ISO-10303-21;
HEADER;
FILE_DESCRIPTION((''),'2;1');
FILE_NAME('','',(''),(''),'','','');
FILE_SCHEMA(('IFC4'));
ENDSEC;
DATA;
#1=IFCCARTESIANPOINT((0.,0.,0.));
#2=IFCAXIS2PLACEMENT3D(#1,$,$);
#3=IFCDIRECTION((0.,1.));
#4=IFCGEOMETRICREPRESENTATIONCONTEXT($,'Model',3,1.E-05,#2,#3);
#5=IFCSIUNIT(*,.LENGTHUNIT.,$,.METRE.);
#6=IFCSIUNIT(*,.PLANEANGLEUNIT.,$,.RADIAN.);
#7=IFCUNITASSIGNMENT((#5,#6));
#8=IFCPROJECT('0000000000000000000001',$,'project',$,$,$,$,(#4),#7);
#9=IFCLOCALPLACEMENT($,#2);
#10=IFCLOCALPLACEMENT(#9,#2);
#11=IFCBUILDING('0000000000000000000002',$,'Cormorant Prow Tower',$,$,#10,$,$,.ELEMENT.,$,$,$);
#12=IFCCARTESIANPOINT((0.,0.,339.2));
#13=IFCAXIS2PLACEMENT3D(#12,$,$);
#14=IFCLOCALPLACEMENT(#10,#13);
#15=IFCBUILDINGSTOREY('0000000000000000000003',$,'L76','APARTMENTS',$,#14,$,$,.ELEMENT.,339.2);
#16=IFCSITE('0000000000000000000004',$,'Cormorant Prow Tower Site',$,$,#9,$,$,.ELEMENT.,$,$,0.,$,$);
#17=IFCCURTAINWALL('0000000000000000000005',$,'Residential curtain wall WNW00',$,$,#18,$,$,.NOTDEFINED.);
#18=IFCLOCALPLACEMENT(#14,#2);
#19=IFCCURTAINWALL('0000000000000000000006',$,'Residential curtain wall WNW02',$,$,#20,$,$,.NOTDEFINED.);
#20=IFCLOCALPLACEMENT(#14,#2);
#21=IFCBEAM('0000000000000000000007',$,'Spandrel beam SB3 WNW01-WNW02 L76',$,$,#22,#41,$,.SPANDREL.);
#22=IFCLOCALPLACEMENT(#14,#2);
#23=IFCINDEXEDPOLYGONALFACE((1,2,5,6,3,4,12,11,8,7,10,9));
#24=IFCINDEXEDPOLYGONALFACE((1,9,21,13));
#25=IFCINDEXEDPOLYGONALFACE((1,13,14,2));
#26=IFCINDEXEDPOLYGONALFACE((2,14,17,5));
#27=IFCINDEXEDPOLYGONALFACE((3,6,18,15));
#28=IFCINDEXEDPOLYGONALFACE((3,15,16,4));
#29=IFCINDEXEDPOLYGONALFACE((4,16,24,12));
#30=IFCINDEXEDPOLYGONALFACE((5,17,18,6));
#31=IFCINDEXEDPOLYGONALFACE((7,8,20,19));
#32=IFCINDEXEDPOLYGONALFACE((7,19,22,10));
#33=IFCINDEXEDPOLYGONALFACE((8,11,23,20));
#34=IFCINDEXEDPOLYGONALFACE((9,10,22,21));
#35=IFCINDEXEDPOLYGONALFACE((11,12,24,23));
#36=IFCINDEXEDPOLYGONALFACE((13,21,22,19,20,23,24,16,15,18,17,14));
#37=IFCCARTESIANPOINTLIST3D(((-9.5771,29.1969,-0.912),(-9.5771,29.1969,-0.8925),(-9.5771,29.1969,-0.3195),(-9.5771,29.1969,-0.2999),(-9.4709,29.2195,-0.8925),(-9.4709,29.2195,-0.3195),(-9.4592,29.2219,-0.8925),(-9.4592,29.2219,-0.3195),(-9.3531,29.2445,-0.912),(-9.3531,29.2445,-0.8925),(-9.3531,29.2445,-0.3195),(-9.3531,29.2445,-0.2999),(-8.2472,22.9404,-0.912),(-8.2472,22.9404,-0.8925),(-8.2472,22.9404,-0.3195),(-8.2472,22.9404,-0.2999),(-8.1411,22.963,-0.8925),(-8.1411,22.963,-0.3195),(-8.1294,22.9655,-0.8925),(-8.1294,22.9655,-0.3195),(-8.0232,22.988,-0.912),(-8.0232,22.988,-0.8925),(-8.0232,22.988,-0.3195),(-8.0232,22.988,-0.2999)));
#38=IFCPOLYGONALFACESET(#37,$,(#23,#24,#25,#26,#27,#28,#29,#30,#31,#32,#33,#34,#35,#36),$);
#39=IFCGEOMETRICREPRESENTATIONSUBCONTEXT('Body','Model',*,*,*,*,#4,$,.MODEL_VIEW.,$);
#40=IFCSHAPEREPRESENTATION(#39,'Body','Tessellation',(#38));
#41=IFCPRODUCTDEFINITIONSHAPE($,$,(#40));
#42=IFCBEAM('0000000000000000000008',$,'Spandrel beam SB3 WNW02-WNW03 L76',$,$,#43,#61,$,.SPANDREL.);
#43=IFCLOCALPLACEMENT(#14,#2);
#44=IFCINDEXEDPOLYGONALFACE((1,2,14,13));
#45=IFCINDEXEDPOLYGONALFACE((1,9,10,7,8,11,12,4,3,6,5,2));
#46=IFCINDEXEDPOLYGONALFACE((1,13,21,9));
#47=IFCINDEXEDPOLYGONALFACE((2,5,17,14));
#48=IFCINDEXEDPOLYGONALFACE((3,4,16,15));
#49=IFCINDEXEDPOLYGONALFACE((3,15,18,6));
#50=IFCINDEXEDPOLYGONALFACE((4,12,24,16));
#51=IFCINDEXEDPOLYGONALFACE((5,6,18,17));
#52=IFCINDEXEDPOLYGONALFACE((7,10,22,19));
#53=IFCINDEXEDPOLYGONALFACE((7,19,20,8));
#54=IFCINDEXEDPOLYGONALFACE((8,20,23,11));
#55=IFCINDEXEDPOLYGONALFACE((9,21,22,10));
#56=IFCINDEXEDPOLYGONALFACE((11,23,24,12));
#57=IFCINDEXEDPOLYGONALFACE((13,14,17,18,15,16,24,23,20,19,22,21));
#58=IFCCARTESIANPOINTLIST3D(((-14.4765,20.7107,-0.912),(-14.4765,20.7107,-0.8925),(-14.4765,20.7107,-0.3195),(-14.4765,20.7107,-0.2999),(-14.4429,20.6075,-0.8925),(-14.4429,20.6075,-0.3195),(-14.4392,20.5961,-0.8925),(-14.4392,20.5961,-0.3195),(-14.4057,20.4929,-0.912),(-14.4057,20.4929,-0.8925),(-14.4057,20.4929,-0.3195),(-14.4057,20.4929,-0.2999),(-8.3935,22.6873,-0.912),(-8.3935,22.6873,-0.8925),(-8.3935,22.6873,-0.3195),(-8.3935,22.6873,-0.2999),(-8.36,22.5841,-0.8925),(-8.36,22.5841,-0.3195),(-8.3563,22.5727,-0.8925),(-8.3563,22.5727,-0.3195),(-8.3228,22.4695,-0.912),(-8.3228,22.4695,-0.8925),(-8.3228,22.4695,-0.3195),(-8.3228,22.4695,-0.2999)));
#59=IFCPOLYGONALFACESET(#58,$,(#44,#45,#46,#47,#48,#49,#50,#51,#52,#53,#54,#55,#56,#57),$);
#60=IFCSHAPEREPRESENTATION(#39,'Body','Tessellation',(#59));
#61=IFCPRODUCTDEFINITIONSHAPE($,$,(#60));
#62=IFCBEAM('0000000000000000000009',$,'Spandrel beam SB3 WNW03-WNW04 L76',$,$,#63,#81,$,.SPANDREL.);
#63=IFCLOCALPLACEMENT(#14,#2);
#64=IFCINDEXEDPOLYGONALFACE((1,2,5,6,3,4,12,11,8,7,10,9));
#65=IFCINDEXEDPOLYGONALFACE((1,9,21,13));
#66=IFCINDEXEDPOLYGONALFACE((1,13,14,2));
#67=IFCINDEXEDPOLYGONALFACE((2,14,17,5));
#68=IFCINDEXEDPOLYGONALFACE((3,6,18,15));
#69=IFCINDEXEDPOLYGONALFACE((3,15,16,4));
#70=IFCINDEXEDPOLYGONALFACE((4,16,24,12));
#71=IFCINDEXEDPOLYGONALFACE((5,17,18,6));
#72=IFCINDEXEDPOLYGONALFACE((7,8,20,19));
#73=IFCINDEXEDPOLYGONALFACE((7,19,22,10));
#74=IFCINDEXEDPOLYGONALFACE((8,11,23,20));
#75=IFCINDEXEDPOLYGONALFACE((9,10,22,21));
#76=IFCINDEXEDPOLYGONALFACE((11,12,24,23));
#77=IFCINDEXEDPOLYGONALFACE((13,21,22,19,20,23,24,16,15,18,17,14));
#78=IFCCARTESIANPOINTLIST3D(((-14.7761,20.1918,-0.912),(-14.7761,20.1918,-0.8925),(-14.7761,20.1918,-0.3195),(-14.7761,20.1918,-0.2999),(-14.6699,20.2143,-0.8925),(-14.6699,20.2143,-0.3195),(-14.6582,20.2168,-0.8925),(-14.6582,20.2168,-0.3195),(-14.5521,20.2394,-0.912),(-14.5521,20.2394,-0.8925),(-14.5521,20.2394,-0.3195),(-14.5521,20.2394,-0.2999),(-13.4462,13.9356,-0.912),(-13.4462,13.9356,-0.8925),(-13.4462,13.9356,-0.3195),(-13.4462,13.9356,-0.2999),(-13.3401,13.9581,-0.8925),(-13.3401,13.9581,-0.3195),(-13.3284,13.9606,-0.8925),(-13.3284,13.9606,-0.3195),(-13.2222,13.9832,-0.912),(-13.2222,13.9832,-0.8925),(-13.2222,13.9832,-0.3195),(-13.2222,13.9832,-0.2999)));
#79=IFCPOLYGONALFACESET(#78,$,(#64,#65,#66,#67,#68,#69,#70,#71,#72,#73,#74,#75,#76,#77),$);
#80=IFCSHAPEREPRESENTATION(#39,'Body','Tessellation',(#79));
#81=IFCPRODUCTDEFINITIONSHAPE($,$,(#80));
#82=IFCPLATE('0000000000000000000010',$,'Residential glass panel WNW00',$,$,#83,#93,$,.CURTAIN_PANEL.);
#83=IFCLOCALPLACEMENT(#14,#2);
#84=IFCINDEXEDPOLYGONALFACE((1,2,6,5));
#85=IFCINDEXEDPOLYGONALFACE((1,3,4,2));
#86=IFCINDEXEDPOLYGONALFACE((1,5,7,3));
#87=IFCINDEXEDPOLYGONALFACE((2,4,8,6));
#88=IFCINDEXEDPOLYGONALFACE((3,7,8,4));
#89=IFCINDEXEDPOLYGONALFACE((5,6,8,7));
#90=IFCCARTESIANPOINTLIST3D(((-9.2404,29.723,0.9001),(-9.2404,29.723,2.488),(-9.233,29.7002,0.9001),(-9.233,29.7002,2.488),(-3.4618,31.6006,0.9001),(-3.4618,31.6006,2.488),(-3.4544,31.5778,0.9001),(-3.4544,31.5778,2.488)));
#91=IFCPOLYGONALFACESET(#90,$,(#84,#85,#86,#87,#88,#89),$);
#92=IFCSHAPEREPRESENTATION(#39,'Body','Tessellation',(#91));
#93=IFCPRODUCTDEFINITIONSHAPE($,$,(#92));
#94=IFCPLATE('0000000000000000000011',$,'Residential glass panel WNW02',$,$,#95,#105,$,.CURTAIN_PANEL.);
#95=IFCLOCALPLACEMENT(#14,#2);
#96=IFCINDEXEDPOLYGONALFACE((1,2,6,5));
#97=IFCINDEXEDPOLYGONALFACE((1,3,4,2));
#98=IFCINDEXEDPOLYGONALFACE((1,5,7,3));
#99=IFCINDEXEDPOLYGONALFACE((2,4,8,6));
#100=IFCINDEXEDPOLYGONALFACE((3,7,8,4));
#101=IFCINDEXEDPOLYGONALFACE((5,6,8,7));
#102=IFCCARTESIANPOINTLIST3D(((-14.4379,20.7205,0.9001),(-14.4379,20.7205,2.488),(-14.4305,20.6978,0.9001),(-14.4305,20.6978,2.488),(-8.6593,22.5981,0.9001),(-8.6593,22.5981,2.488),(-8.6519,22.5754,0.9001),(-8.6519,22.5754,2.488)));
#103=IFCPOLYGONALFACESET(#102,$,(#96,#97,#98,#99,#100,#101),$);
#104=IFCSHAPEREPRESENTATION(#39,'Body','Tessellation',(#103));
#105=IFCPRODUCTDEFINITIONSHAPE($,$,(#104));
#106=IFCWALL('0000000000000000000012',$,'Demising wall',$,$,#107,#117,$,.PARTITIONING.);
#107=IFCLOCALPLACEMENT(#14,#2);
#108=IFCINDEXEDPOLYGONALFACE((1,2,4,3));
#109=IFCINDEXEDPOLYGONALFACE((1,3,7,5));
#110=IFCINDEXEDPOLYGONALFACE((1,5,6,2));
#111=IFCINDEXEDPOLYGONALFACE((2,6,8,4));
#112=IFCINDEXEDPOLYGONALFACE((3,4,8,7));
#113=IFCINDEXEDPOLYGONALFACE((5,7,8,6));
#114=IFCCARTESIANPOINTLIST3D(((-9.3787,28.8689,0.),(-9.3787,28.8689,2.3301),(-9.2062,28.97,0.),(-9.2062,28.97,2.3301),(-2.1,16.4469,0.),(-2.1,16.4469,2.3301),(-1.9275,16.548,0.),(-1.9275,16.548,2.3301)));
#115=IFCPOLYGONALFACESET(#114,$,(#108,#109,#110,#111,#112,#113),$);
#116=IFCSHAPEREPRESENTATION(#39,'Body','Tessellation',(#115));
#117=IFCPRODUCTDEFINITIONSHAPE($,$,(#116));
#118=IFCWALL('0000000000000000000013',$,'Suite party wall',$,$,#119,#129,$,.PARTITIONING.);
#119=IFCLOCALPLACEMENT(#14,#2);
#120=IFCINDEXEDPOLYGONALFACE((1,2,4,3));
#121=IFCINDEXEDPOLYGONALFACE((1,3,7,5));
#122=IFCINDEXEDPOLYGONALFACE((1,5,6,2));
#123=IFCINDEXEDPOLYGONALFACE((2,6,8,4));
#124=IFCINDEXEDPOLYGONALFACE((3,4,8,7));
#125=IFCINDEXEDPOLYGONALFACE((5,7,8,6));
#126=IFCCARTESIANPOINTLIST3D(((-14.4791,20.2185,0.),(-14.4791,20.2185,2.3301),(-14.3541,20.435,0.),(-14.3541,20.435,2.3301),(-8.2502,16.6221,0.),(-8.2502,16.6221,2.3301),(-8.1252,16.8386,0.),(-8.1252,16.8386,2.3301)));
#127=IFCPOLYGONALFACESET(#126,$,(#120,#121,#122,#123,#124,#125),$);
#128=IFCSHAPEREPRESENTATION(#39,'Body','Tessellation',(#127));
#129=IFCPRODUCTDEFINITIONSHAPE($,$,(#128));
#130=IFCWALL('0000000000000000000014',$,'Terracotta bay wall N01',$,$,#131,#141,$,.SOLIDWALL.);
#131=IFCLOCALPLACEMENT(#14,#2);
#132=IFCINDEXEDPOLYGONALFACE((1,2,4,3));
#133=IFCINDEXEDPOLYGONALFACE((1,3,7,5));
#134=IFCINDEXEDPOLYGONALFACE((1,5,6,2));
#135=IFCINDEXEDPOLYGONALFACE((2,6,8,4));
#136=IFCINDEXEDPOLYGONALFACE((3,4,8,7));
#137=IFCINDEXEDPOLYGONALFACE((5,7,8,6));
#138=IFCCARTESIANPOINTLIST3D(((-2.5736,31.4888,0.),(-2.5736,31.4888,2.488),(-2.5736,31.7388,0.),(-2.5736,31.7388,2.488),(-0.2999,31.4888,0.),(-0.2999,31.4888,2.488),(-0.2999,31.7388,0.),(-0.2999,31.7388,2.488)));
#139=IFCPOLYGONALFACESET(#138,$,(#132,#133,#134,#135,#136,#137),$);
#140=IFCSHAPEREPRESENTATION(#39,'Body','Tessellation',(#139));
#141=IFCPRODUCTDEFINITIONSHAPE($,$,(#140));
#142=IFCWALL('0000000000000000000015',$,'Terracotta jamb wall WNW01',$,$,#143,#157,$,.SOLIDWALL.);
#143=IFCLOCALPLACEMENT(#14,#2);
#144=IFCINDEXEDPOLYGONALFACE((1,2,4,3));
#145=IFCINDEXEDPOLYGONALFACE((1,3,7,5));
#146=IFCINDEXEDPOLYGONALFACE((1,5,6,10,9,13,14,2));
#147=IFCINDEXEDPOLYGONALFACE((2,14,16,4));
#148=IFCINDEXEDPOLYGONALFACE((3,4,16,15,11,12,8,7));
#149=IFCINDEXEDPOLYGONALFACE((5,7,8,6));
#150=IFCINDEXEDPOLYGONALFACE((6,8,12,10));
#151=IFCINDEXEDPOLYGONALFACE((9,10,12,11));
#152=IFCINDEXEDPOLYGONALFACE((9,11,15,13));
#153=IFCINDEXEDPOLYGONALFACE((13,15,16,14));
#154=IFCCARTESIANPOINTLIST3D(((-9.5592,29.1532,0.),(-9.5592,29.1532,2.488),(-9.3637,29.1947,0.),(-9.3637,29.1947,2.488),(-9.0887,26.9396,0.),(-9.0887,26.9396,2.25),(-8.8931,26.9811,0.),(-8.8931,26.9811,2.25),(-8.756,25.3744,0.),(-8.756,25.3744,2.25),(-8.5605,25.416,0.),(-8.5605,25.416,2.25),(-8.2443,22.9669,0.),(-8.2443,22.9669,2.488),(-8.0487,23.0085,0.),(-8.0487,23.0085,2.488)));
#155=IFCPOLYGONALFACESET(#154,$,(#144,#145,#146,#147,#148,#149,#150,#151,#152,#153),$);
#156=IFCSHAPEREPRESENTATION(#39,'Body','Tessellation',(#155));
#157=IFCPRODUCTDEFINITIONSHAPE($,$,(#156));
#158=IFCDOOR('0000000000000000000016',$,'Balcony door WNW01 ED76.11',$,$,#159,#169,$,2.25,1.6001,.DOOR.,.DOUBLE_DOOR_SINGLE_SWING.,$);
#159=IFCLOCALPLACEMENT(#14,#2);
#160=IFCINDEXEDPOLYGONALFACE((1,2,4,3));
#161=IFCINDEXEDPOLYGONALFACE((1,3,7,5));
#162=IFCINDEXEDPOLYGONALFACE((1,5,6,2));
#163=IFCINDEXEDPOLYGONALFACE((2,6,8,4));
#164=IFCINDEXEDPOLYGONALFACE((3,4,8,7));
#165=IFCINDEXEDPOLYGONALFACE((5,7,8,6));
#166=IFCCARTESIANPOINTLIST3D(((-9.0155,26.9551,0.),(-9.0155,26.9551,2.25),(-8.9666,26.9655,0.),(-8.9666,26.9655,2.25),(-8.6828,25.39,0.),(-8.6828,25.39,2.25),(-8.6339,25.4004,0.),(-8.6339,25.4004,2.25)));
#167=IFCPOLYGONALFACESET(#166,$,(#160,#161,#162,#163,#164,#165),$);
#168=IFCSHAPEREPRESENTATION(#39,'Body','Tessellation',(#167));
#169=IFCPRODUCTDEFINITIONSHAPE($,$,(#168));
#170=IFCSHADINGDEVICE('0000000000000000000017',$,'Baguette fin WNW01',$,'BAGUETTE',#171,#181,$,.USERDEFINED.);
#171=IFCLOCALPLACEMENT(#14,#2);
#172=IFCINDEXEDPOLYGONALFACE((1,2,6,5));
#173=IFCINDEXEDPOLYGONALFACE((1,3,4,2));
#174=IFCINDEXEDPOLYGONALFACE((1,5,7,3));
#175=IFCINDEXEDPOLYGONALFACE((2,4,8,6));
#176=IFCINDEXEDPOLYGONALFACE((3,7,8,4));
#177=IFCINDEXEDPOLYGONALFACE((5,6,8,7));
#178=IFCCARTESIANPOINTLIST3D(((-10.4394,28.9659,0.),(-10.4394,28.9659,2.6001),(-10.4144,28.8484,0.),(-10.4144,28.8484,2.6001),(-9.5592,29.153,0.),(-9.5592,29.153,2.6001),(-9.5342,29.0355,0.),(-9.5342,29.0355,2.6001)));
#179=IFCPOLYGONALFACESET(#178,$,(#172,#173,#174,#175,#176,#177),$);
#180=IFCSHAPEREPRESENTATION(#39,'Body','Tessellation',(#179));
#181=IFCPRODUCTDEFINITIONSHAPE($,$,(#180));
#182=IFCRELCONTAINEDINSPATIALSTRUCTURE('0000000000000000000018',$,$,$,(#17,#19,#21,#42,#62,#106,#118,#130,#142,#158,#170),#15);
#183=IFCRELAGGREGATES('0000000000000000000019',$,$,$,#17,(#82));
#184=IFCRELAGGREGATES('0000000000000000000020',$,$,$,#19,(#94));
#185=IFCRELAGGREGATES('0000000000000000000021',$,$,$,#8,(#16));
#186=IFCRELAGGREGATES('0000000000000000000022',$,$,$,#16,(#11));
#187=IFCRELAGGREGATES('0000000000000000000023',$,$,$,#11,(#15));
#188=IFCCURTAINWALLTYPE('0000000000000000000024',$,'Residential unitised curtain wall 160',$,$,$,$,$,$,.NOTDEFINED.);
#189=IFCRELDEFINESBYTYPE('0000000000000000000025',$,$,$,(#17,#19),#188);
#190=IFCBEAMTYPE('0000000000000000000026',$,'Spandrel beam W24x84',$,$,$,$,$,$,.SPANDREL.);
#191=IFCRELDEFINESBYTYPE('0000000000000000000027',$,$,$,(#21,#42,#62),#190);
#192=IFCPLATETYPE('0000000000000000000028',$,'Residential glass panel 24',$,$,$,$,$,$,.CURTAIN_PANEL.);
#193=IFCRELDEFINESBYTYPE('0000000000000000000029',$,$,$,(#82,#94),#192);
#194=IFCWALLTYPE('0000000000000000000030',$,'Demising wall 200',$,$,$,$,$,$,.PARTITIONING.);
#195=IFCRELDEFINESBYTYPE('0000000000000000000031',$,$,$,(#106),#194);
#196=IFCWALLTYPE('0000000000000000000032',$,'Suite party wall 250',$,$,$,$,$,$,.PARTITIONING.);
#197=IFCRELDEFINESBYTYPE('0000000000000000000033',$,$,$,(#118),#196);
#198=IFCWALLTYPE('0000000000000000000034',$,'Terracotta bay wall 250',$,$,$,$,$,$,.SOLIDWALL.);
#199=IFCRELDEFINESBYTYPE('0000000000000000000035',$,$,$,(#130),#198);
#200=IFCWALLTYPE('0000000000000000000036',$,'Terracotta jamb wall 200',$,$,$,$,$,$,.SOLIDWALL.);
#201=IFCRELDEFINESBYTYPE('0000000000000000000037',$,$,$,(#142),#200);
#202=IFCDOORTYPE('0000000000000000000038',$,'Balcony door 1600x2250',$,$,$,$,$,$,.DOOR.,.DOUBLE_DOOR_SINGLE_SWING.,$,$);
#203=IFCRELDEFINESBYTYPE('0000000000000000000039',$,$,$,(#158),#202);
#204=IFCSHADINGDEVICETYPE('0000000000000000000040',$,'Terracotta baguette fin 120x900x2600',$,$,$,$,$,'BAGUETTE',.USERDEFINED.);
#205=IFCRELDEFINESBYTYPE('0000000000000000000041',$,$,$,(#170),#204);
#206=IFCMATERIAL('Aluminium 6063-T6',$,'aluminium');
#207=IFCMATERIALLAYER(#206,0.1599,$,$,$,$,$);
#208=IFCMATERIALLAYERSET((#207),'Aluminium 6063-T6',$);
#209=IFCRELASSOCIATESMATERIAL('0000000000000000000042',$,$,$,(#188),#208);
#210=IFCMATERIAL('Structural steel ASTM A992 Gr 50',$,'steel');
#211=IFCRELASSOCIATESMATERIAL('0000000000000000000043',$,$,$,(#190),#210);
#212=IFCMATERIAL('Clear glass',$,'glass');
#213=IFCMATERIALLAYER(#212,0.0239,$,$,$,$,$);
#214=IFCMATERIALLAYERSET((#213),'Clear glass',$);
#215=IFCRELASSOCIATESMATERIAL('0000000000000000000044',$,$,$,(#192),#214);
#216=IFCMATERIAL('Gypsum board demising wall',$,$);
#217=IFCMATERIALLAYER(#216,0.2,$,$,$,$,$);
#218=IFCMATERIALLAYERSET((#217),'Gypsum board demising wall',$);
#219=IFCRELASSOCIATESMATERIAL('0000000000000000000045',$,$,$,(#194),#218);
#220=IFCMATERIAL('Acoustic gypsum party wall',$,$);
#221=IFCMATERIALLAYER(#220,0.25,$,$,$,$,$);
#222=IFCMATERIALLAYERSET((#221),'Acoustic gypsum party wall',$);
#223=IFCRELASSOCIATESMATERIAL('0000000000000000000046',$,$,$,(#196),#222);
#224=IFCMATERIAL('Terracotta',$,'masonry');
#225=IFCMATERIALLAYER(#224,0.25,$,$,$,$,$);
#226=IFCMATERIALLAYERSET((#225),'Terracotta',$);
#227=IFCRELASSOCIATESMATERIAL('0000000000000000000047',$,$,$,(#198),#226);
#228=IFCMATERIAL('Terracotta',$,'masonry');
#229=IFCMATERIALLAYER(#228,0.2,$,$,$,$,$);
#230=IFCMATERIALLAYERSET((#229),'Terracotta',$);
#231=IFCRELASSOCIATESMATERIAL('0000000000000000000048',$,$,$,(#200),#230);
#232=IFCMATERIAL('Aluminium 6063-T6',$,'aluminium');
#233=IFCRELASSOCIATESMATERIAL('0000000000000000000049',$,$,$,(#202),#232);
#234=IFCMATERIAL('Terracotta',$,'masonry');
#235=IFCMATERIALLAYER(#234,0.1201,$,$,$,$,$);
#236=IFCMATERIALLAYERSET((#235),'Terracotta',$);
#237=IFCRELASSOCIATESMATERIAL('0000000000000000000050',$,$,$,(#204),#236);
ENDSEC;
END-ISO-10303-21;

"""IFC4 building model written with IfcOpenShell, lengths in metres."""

from ifc_helpers import new_model, si_unit, direction, frame, frame_2d, origin, origin_2d, place, context, subcontext, project, spatial, rectangle, i_section, extrude, material, layer, layer_set, material_profile, profile_set, type_object, element, fill, aggregate, save


model = new_model("IFC4")

# Units and contexts
model_context = context("Model", 3, precision=1e-05, world=origin(), true_north=direction((0.0, 1.0)))
body_context = subcontext(model_context, "Body", "Model", "MODEL_VIEW")
ifc_project = project(units=[si_unit("LENGTHUNIT", "METRE"), si_unit("PLANEANGLEUNIT", "RADIAN")], contexts=[model_context])

# Site, building, storey
site_placement = place(None, origin())
site = spatial("IfcSite", under=ifc_project, at=site_placement, Name="Cormorant Prow Tower Site", CompositionType="ELEMENT", RefElevation=0.0)
building_placement = place(site_placement, origin())
building = spatial("IfcBuilding", under=site, at=building_placement, Name="Cormorant Prow Tower", CompositionType="ELEMENT")
storey_placement = place(building_placement, frame((0.0, 0.0, 339.2)))
storey = spatial("IfcBuildingStorey", under=building, at=storey_placement, Name="L76", Description="APARTMENTS", CompositionType="ELEMENT", Elevation=339.2)

# Curtain walls
ifc_material_1 = material(Name="Aluminium 6063-T6", Category="aluminium")
ifc_layer_1 = layer(ifc_material_1, 0.1599)
ifc_layer_set_1 = layer_set([ifc_layer_1], Name="Aluminium 6063-T6")
curtain_wall_type = type_object("IfcCurtainWallType", Name="Residential unitised curtain wall 160", PredefinedType="NOTDEFINED", material=ifc_layer_set_1)
curtain_wall_1_placement = place(storey_placement, origin())
curtain_wall_1 = element("IfcCurtainWall", 1, at=curtain_wall_1_placement, inside=storey, type_object=curtain_wall_type, Name="Residential curtain wall WNW00", PredefinedType="NOTDEFINED")
curtain_wall_2_placement = place(storey_placement, origin())
curtain_wall_2 = element("IfcCurtainWall", 2, at=curtain_wall_2_placement, inside=storey, type_object=curtain_wall_type, Name="Residential curtain wall WNW02", PredefinedType="NOTDEFINED")

# Beams
ifc_material_2 = material(Name="Structural steel ASTM A992 Gr 50", Category="steel")
ifc_material_profile_1 = material_profile(ifc_material_2, i_section(OverallWidth=0.229, OverallDepth=0.6121, WebThickness=0.012, FlangeThickness=0.0195, at=origin_2d()), Name="W24x84")
ifc_profile_set_1 = profile_set([ifc_material_profile_1], Name="Structural steel ASTM A992 Gr 50")
beam_type = type_object("IfcBeamType", Name="Spandrel beam W24x84", PredefinedType="SPANDREL", material=ifc_profile_set_1)
beam_1_placement = place(storey_placement, frame((-9.4651, 29.2207, -0.606), z_axis=(0.207913, -0.978147, 0.0), x_axis=(0.978147, 0.207913, 0.0)))
element("IfcBeam", 3, at=beam_1_placement, inside=storey, type_object=beam_type, Name="Spandrel beam SB3 WNW01-WNW02 L76", PredefinedType="SPANDREL", context=body_context, shape_type="SweptSolid", body=[
    extrude(i_section(OverallWidth=0.229, OverallDepth=0.6121, WebThickness=0.012, FlangeThickness=0.0195, at=origin_2d()), origin(), (0.0, 0.0, 1.0), 6.3962),
])
for number, where, z_axis, x_axis, name in (
    (4, (-8.3582, 22.5784, -0.606), (-0.951053, -0.309027, 0.0), (0.309027, -0.951053, 0.0), "Spandrel beam SB3 WNW02-WNW03 L76"),
    (5, (-14.6641, 20.2156, -0.606), (0.20792, -0.978146, 0.0), (0.978146, 0.20792, 0.0), "Spandrel beam SB3 WNW03-WNW04 L76"),
):
    element("IfcBeam", number, at=place(storey_placement, frame(where, z_axis=z_axis, x_axis=x_axis)), inside=storey, type_object=beam_type, Name=name, PredefinedType="SPANDREL", context=body_context, shape_type="SweptSolid", body=[
        extrude(i_section(OverallWidth=0.229, OverallDepth=0.6121, WebThickness=0.012, FlangeThickness=0.0195, at=origin_2d()), origin(), (0.0, 0.0, 1.0), 6.396),
    ])

# Plates
ifc_material_3 = material(Name="Clear glass", Category="glass")
ifc_layer_2 = layer(ifc_material_3, 0.0239)
ifc_layer_set_2 = layer_set([ifc_layer_2], Name="Clear glass")
plate_type = type_object("IfcPlateType", Name="Residential glass panel 24", PredefinedType="CURTAIN_PANEL", material=ifc_layer_set_2)
plate_1_placement = place(storey_placement, frame((-6.3474, 30.6504, 0.9001), z_axis=(0.0, 0.0, 1.0), x_axis=(-0.951056, -0.309017, 0.0)))
plate_1 = element("IfcPlate", 6, at=plate_1_placement, type_object=plate_type, Name="Residential glass panel WNW00", PredefinedType="CURTAIN_PANEL", context=body_context, shape_type="SweptSolid", body=[
    extrude(rectangle(XDim=6.0759, YDim=0.0239, at=origin_2d()), origin(), (0.0, 0.0, 1.0), 1.5879),
])
aggregate(curtain_wall_1, [plate_1])
plate_2_placement = place(storey_placement, frame((-11.5449, 21.6479, 0.9001), z_axis=(0.0, 0.0, 1.0), x_axis=(-0.951056, -0.309017, 0.0)))
plate_2 = element("IfcPlate", 7, at=plate_2_placement, type_object=plate_type, Name="Residential glass panel WNW02", PredefinedType="CURTAIN_PANEL", context=body_context, shape_type="SweptSolid", body=[
    extrude(rectangle(XDim=6.0759, YDim=0.0239, at=origin_2d()), origin(), (0.0, 0.0, 1.0), 1.5879),
])
aggregate(curtain_wall_2, [plate_2])

# Walls
ifc_material_4 = material(Name="Gypsum board demising wall")
ifc_layer_3 = layer(ifc_material_4, 0.2)
ifc_layer_set_3 = layer_set([ifc_layer_3], Name="Gypsum board demising wall")
wall_type_1 = type_object("IfcWallType", Name="Demising wall 200", PredefinedType="PARTITIONING", material=ifc_layer_set_3)
wall_1_placement = place(storey_placement, frame((-9.2925, 28.9194, 0.0), z_axis=(0.0, 0.0, 1.0), x_axis=(0.505558, -0.862793, 0.0)))
element("IfcWall", 8, at=wall_1_placement, inside=storey, type_object=wall_type_1, Name="Demising wall", PredefinedType="PARTITIONING", context=body_context, shape_type="SweptSolid", body=[
    extrude(rectangle(XDim=14.3975, YDim=0.2, at=frame_2d((7.1987, 0.0))), origin(), (0.0, 0.0, 1.0), 2.3301),
])
ifc_material_5 = material(Name="Acoustic gypsum party wall")
ifc_layer_4 = layer(ifc_material_5, 0.25)
ifc_layer_set_4 = layer_set([ifc_layer_4], Name="Acoustic gypsum party wall")
wall_type_2 = type_object("IfcWallType", Name="Suite party wall 250", PredefinedType="PARTITIONING", material=ifc_layer_set_4)
wall_2_placement = place(storey_placement, frame((-14.4165, 20.3267, 0.0), z_axis=(0.0, 0.0, 1.0), x_axis=(0.866018, -0.500012, 0.0)))
element("IfcWall", 9, at=wall_2_placement, inside=storey, type_object=wall_type_2, Name="Suite party wall", PredefinedType="PARTITIONING", context=body_context, shape_type="SweptSolid", body=[
    extrude(rectangle(XDim=7.1926, YDim=0.25, at=frame_2d((3.5962, 0.0))), origin(), (0.0, 0.0, 1.0), 2.3301),
])
ifc_material_6 = material(Name="Terracotta", Category="masonry")
ifc_layer_5 = layer(ifc_material_6, 0.25)
ifc_layer_set_5 = layer_set([ifc_layer_5], Name="Terracotta")
wall_type_3 = type_object("IfcWallType", Name="Terracotta bay wall 250", PredefinedType="SOLIDWALL", material=ifc_layer_set_5)
wall_3_placement = place(storey_placement, frame((-0.3, 31.6138, 0.0), z_axis=(0.0, 0.0, 1.0), x_axis=(-1.0, 0.0, 0.0)))
element("IfcWall", 10, at=wall_3_placement, inside=storey, type_object=wall_type_3, Name="Terracotta bay wall N01", PredefinedType="SOLIDWALL", context=body_context, shape_type="SweptSolid", body=[
    extrude(rectangle(XDim=2.2737, YDim=0.25, at=frame_2d((1.1367, 0.0))), origin(), (0.0, 0.0, 1.0), 2.488),
])

# Wall, opening, door
ifc_material_7 = material(Name="Terracotta", Category="masonry")
ifc_layer_6 = layer(ifc_material_7, 0.2)
ifc_layer_set_6 = layer_set([ifc_layer_6], Name="Terracotta")
wall_type_4 = type_object("IfcWallType", Name="Terracotta jamb wall 200", PredefinedType="SOLIDWALL", material=ifc_layer_set_6)
wall_4_placement = place(storey_placement, frame((-9.4614, 29.1738, 0.0), z_axis=(0.0, 0.0, 1.0), x_axis=(0.207913, -0.978147, 0.0)))
wall_4 = element("IfcWall", 11, at=wall_4_placement, inside=storey, type_object=wall_type_4, Name="Terracotta jamb wall WNW01", PredefinedType="SOLIDWALL", context=body_context, shape_type="SweptSolid", body=[
    extrude(rectangle(XDim=6.3245, YDim=0.2, at=frame_2d((3.1621, 0.0))), origin(), (0.0, 0.0, 1.0), 2.488),
])
opening_placement = place(wall_4_placement, frame((2.2629, 0.0, 0.0)))
opening = element("IfcOpeningElement", 12, at=opening_placement, cuts=wall_4, PredefinedType="OPENING", context=body_context, shape_type="SweptSolid", body=[
    extrude(rectangle(XDim=1.6001, YDim=2.25, at=frame_2d((0.8, 1.125))), frame((0.0, 0.1099, 0.0), z_axis=(0.0, -1.0, 0.0), x_axis=(1.0, 0.0, 0.0)), (0.0, 0.0, 1.0), 0.22),
])
ifc_material_8 = material(Name="Aluminium 6063-T6", Category="aluminium")
door_type = type_object("IfcDoorType", Name="Balcony door 1600x2250", OperationType="DOUBLE_DOOR_SINGLE_SWING", PredefinedType="DOOR", material=ifc_material_8)
door_placement = place(opening_placement, origin())
door = element("IfcDoor", 13, at=door_placement, inside=storey, type_object=door_type, Name="Balcony door WNW01 ED76.11", OperationType="DOUBLE_DOOR_SINGLE_SWING", OverallHeight=2.25, OverallWidth=1.6001, PredefinedType="DOOR", context=body_context, shape_type="SweptSolid", body=[
    extrude(rectangle(XDim=1.6001, YDim=2.25, at=frame_2d((0.8, 1.125))), frame((0.0, 0.0249, 0.0), z_axis=(0.0, -1.0, 0.0), x_axis=(1.0, 0.0, 0.0)), (0.0, 0.0, 1.0), 0.05),
])
fill(opening, door)

# Shading device
ifc_material_9 = material(Name="Terracotta", Category="masonry")
ifc_layer_7 = layer(ifc_material_9, 0.1201)
ifc_layer_set_7 = layer_set([ifc_layer_7], Name="Terracotta")
shading_device_type = type_object("IfcShadingDeviceType", Name="Terracotta baguette fin 120x900x2600", ElementType="BAGUETTE", PredefinedType="USERDEFINED", material=ifc_layer_set_7)
shading_device_placement = place(storey_placement, frame((-9.9868, 29.0007, 0.0), z_axis=(0.0, 0.0, 1.0), x_axis=(0.207912, -0.978148, 0.0)))
element("IfcShadingDevice", 14, at=shading_device_placement, inside=storey, type_object=shading_device_type, Name="Baguette fin WNW01", ObjectType="BAGUETTE", PredefinedType="USERDEFINED", context=body_context, shape_type="SweptSolid", body=[
    extrude(rectangle(XDim=0.1201, YDim=0.8999, at=origin_2d()), origin(), (0.0, 0.0, 1.0), 2.6001),
])

save(model, "model.ifc")
